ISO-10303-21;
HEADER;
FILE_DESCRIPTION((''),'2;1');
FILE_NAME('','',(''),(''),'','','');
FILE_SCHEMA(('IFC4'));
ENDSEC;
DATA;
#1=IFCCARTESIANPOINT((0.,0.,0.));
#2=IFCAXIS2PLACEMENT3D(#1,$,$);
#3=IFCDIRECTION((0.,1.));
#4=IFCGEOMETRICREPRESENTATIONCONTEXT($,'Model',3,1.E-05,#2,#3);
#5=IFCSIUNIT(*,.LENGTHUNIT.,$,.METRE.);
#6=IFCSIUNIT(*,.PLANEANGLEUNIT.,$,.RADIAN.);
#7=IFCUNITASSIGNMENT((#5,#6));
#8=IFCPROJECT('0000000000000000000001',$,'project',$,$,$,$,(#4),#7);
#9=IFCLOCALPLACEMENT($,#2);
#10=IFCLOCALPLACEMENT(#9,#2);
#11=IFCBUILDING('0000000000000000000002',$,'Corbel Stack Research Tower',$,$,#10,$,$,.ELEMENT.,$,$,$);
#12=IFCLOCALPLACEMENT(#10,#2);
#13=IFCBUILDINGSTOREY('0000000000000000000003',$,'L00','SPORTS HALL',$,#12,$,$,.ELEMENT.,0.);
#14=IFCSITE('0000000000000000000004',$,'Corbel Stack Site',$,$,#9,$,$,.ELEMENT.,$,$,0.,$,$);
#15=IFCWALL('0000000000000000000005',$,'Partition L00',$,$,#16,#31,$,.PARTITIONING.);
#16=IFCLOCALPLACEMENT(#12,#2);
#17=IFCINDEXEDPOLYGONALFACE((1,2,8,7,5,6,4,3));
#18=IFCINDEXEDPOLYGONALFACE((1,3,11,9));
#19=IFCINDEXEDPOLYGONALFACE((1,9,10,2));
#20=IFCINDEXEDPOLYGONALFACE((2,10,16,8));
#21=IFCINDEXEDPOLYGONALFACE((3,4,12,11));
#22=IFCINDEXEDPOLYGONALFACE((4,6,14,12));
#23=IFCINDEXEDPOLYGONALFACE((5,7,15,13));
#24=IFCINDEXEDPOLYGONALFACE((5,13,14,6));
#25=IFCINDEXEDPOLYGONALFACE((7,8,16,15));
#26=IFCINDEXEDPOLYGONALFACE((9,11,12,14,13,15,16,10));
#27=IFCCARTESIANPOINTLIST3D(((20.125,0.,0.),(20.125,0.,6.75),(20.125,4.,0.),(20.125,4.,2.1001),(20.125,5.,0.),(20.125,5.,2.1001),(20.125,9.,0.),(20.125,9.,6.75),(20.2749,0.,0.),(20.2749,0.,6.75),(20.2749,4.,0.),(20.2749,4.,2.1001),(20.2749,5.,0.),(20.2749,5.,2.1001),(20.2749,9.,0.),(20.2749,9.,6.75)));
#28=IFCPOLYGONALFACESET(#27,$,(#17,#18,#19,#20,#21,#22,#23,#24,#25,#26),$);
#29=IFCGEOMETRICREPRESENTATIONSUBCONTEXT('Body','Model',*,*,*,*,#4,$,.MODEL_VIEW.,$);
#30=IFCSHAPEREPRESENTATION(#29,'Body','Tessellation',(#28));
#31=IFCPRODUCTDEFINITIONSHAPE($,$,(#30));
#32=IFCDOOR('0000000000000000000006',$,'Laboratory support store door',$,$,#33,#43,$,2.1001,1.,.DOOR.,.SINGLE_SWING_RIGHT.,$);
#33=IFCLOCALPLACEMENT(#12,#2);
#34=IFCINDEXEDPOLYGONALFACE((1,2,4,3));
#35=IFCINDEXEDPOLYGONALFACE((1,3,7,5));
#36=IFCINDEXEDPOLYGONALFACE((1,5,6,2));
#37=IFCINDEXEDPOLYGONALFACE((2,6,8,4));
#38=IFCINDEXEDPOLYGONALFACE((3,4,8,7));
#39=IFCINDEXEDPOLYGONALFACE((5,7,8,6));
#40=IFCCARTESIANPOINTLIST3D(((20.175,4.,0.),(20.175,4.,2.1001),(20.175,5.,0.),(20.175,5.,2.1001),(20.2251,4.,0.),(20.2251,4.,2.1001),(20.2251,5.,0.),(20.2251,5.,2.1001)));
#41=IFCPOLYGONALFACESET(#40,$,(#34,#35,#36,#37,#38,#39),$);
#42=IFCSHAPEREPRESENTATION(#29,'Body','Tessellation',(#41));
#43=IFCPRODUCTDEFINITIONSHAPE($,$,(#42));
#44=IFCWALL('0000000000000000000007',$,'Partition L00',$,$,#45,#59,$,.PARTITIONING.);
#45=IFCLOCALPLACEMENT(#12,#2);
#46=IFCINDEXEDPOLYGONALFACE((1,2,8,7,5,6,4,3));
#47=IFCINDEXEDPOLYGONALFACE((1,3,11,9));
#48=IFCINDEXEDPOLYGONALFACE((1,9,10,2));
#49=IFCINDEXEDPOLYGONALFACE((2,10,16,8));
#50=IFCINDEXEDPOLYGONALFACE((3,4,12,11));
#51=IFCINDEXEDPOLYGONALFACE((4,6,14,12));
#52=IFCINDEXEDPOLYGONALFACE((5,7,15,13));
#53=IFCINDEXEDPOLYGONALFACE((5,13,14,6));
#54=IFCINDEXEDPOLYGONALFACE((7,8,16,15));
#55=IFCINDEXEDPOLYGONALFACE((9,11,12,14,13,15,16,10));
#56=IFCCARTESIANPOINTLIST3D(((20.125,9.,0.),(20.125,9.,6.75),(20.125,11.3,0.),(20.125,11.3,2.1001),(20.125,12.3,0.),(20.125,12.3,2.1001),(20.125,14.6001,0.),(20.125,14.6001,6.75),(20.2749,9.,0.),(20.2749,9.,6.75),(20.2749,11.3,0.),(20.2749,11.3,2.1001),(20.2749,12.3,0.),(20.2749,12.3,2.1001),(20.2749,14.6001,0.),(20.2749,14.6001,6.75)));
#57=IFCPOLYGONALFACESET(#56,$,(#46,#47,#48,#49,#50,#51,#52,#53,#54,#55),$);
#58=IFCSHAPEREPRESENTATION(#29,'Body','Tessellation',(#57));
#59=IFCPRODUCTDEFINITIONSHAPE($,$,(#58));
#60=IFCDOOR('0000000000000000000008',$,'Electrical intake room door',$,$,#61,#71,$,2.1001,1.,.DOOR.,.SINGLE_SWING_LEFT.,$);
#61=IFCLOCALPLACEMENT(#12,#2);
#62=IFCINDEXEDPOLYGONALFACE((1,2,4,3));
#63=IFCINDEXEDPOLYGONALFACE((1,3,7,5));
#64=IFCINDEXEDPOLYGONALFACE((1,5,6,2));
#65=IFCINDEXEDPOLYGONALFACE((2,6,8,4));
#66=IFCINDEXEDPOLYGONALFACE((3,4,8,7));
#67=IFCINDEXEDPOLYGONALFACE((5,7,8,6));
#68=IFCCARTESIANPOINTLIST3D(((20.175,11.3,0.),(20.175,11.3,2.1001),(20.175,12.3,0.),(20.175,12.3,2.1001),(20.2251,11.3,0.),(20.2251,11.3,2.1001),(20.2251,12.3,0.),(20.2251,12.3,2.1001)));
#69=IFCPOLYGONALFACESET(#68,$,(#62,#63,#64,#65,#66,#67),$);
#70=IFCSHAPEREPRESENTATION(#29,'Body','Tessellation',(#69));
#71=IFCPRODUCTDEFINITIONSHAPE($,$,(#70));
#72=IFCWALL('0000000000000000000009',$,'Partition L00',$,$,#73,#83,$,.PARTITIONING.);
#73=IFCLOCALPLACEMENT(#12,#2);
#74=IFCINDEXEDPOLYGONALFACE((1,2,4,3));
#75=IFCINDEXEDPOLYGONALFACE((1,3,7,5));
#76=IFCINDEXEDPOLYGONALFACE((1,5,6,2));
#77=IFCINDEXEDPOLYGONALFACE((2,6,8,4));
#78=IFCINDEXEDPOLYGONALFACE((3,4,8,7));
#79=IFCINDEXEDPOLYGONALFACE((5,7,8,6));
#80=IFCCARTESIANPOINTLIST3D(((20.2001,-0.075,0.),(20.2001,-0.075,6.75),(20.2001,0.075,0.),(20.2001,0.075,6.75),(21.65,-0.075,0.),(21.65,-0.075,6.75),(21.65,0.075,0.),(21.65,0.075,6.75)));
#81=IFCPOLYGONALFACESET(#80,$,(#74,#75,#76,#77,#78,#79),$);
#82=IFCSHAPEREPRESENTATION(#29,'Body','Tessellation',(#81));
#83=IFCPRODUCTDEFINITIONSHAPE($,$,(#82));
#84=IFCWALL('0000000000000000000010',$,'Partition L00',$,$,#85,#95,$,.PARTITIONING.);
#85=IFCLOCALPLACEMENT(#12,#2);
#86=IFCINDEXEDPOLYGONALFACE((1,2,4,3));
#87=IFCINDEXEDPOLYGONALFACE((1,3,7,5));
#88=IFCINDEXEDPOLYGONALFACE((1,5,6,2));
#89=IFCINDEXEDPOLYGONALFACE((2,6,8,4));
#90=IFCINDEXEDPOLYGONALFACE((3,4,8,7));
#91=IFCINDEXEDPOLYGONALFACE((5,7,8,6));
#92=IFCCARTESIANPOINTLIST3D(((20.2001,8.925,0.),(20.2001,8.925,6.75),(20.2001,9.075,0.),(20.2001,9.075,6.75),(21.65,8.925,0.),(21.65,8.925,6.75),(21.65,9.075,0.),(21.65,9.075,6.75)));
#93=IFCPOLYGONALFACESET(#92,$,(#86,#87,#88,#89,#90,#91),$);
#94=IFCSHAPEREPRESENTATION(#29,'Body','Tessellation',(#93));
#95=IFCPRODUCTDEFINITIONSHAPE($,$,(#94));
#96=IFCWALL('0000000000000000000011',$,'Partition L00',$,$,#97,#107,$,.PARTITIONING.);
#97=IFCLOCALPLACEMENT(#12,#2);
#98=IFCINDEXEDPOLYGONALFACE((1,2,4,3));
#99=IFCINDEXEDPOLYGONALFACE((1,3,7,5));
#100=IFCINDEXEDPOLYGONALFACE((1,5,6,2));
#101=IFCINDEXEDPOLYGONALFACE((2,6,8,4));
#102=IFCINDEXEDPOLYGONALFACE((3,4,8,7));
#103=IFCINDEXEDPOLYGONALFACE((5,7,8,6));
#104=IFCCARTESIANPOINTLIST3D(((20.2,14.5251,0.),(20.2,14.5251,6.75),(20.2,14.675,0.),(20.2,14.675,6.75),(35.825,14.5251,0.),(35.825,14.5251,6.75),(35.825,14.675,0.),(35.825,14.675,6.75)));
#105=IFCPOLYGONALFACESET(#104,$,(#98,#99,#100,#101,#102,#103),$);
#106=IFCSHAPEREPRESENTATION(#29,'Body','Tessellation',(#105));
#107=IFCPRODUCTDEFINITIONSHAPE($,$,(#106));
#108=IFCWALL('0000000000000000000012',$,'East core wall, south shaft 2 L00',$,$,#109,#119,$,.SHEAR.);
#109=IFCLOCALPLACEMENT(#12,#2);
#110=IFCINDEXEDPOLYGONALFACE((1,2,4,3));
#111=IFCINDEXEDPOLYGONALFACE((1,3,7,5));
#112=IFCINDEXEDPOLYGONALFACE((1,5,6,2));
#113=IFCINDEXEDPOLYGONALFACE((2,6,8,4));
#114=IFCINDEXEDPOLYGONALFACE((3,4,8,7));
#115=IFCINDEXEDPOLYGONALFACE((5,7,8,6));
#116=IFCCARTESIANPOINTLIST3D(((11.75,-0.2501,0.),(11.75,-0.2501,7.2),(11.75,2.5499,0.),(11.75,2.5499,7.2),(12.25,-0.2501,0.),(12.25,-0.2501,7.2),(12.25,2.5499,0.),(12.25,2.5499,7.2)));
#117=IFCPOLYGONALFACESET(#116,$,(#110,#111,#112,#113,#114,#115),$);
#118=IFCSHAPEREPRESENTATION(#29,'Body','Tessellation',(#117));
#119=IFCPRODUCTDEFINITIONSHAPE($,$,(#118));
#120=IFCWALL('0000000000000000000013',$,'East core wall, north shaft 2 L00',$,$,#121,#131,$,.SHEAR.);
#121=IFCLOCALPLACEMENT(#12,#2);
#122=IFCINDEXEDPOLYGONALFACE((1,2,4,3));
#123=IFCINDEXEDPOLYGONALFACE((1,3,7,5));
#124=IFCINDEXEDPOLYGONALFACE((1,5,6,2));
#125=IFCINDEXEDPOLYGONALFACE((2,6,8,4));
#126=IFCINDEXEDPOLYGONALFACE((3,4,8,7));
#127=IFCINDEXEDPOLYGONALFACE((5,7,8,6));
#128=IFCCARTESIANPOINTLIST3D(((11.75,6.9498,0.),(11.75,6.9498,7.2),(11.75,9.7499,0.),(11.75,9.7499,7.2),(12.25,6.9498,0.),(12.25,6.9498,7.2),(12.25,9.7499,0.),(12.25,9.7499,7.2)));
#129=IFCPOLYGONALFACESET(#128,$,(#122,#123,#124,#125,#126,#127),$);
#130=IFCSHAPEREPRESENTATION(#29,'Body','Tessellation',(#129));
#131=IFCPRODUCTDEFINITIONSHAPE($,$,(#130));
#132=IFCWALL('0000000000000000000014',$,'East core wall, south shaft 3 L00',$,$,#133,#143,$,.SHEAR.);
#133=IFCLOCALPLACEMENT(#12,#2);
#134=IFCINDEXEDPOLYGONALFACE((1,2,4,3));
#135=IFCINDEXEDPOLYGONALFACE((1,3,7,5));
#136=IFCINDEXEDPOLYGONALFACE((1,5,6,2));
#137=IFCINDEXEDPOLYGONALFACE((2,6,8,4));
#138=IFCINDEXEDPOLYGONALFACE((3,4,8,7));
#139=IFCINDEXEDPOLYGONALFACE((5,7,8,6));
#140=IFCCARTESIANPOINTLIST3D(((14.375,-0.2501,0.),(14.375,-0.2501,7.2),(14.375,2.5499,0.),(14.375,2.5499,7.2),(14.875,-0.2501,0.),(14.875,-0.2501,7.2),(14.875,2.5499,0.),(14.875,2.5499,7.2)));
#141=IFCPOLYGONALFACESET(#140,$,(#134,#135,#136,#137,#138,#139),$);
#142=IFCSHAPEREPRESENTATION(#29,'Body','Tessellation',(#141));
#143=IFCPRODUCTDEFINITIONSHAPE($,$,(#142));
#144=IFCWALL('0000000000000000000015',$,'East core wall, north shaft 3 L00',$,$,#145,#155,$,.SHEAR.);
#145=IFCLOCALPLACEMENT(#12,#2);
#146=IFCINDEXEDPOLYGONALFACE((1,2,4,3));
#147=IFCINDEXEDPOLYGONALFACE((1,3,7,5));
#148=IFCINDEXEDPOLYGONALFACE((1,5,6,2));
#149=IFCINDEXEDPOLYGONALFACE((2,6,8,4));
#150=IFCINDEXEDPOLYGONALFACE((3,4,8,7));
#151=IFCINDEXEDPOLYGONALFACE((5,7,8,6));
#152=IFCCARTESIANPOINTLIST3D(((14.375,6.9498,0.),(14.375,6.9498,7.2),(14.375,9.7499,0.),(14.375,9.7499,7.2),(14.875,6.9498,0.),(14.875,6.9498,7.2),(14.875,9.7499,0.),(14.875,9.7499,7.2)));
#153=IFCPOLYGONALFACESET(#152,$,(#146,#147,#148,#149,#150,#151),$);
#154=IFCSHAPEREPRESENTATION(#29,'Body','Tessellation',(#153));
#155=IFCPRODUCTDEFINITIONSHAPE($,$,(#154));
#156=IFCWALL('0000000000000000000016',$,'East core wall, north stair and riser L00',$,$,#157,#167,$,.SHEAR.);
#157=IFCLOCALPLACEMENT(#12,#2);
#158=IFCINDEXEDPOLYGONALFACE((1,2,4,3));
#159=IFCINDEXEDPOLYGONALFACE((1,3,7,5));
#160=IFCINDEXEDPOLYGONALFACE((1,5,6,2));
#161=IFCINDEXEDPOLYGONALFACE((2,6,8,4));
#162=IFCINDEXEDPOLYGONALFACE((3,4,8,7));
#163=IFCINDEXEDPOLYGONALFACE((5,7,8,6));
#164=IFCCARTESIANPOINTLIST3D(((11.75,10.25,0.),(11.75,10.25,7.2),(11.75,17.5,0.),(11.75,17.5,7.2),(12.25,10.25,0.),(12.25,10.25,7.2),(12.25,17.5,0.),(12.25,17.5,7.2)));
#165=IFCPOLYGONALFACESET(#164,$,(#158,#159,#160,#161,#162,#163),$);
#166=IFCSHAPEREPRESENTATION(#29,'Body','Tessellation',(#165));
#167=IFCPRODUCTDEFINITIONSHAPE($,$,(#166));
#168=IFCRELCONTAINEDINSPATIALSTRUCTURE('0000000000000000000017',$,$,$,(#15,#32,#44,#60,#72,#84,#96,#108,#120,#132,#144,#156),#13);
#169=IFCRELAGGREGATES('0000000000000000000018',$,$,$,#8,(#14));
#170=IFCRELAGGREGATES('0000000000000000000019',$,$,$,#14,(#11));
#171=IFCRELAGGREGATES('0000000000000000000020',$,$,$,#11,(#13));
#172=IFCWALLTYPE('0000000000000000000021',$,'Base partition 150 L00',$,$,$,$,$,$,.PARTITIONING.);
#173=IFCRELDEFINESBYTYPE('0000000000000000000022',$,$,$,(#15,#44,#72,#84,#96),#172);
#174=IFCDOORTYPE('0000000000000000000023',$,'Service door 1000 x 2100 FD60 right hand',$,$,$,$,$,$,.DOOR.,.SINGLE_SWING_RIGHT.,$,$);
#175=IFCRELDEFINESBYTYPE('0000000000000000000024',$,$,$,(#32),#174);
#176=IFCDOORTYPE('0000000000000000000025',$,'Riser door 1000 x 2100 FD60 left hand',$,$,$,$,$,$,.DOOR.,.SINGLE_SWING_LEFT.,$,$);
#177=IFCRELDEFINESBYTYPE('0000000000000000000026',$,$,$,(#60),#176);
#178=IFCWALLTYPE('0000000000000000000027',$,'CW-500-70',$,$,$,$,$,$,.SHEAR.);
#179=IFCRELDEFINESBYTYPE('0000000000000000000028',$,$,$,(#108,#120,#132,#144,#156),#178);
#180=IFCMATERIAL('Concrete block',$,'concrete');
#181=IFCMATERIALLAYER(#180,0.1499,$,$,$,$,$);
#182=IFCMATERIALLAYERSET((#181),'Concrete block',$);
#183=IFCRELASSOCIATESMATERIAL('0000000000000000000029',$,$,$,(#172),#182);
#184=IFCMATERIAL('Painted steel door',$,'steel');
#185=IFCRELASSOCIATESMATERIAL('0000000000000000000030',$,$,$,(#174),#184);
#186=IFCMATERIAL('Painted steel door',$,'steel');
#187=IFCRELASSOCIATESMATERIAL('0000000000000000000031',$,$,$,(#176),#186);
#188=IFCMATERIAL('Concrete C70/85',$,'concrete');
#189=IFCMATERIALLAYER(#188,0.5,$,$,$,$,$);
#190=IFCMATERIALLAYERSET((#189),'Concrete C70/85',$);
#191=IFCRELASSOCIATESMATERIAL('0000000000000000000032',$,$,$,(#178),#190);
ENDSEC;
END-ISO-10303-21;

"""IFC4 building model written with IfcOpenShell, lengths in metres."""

from ifc_helpers import new_model, si_unit, direction, frame, frame_2d, origin, place, context, subcontext, project, spatial, rectangle, extrude, material, layer, layer_set, type_object, element, fill, save


model = new_model("IFC4")

# Units and contexts
model_context = context("Model", 3, precision=1e-05, world=origin(), true_north=direction((0.0, 1.0)))
body_context = subcontext(model_context, "Body", "Model", "MODEL_VIEW")
ifc_project = project(units=[si_unit("LENGTHUNIT", "METRE"), si_unit("PLANEANGLEUNIT", "RADIAN")], contexts=[model_context])

# Site, building, storey
site_placement = place(None, origin())
site = spatial("IfcSite", under=ifc_project, at=site_placement, Name="Corbel Stack Site", CompositionType="ELEMENT", RefElevation=0.0)
building_placement = place(site_placement, origin())
building = spatial("IfcBuilding", under=site, at=building_placement, Name="Corbel Stack Research Tower", CompositionType="ELEMENT")
storey_placement = place(building_placement, origin())
storey = spatial("IfcBuildingStorey", under=building, at=storey_placement, Name="L00", Description="SPORTS HALL", CompositionType="ELEMENT", Elevation=0.0)

# Walls, openings, doors
ifc_material_1 = material(Name="Concrete block", Category="concrete")
ifc_layer_1 = layer(ifc_material_1, 0.1499)
ifc_layer_set_1 = layer_set([ifc_layer_1], Name="Concrete block")
wall_type_1 = type_object("IfcWallType", Name="Base partition 150 L00", PredefinedType="PARTITIONING", material=ifc_layer_set_1)
wall_1_placement = place(storey_placement, frame((20.2, 0.0, 0.0), z_axis=(0.0, 0.0, 1.0), x_axis=(0.0, 1.0, 0.0)))
wall_1 = element("IfcWall", 1, at=wall_1_placement, inside=storey, type_object=wall_type_1, Name="Partition L00", PredefinedType="PARTITIONING", context=body_context, shape_type="SweptSolid", body=[
    extrude(rectangle(XDim=9.0, YDim=0.1499, at=frame_2d((4.5, 0.0))), origin(), (0.0, 0.0, 1.0), 6.75),
])
opening_1_placement = place(wall_1_placement, frame((4.0, 0.0, 0.0)))
opening_1 = element("IfcOpeningElement", 2, at=opening_1_placement, cuts=wall_1, PredefinedType="OPENING", context=body_context, shape_type="SweptSolid", body=[
    extrude(rectangle(XDim=1.0, YDim=2.1001, at=frame_2d((0.5, 1.05))), frame((0.0, 0.085, 0.0), z_axis=(0.0, -1.0, 0.0), x_axis=(1.0, 0.0, 0.0)), (0.0, 0.0, 1.0), 0.1699),
])
ifc_material_2 = material(Name="Painted steel door", Category="steel")
door_type_1 = type_object("IfcDoorType", Name="Service door 1000 x 2100 FD60 right hand", OperationType="SINGLE_SWING_RIGHT", PredefinedType="DOOR", material=ifc_material_2)
door_1_placement = place(opening_1_placement, origin())
door_1 = element("IfcDoor", 3, at=door_1_placement, inside=storey, type_object=door_type_1, Name="Laboratory support store door", OperationType="SINGLE_SWING_RIGHT", OverallHeight=2.1001, OverallWidth=1.0, PredefinedType="DOOR", context=body_context, shape_type="SweptSolid", body=[
    extrude(rectangle(XDim=1.0, YDim=2.1001, at=frame_2d((0.5, 1.05))), frame((0.0, 0.0249, 0.0), z_axis=(0.0, -1.0, 0.0), x_axis=(1.0, 0.0, 0.0)), (0.0, 0.0, 1.0), 0.05),
])
fill(opening_1, door_1)
wall_2_placement = place(storey_placement, frame((20.2, 9.0, 0.0), z_axis=(0.0, 0.0, 1.0), x_axis=(0.0, 1.0, 0.0)))
wall_2 = element("IfcWall", 4, at=wall_2_placement, inside=storey, type_object=wall_type_1, Name="Partition L00", PredefinedType="PARTITIONING", context=body_context, shape_type="SweptSolid", body=[
    extrude(rectangle(XDim=5.6001, YDim=0.1499, at=frame_2d((2.8, 0.0))), origin(), (0.0, 0.0, 1.0), 6.75),
])
opening_2_placement = place(wall_2_placement, frame((2.3, 0.0, 0.0)))
opening_2 = element("IfcOpeningElement", 5, at=opening_2_placement, cuts=wall_2, PredefinedType="OPENING", context=body_context, shape_type="SweptSolid", body=[
    extrude(rectangle(XDim=1.0, YDim=2.1001, at=frame_2d((0.5, 1.05))), frame((0.0, 0.085, 0.0), z_axis=(0.0, -1.0, 0.0), x_axis=(1.0, 0.0, 0.0)), (0.0, 0.0, 1.0), 0.1699),
])
ifc_material_3 = material(Name="Painted steel door", Category="steel")
door_type_2 = type_object("IfcDoorType", Name="Riser door 1000 x 2100 FD60 left hand", OperationType="SINGLE_SWING_LEFT", PredefinedType="DOOR", material=ifc_material_3)
door_2_placement = place(opening_2_placement, origin())
door_2 = element("IfcDoor", 6, at=door_2_placement, inside=storey, type_object=door_type_2, Name="Electrical intake room door", OperationType="SINGLE_SWING_LEFT", OverallHeight=2.1001, OverallWidth=1.0, PredefinedType="DOOR", context=body_context, shape_type="SweptSolid", body=[
    extrude(rectangle(XDim=1.0, YDim=2.1001, at=frame_2d((0.5, 1.05))), frame((0.0, 0.0249, 0.0), z_axis=(0.0, -1.0, 0.0), x_axis=(1.0, 0.0, 0.0)), (0.0, 0.0, 1.0), 0.05),
])
fill(opening_2, door_2)

# Walls
for number, where, z_axis, x_axis, name in (
    (7, (20.2, 0.0, 0.0), (0.0, 0.0, 1.0), (1.0, 0.0, 0.0), "Partition L00"),
    (8, (20.2, 9.0, 0.0), (0.0, 0.0, 1.0), (1.0, 0.0, 0.0), "Partition L00"),
):
    element("IfcWall", number, at=place(storey_placement, frame(where, z_axis=z_axis, x_axis=x_axis)), inside=storey, type_object=wall_type_1, Name=name, PredefinedType="PARTITIONING", context=body_context, shape_type="SweptSolid", body=[
        extrude(rectangle(XDim=1.45, YDim=0.1499, at=frame_2d((0.7251, 0.0))), origin(), (0.0, 0.0, 1.0), 6.75),
    ])
wall_3_placement = place(storey_placement, frame((20.2, 14.6001, 0.0), z_axis=(0.0, 0.0, 1.0), x_axis=(1.0, 0.0, 0.0)))
element("IfcWall", 9, at=wall_3_placement, inside=storey, type_object=wall_type_1, Name="Partition L00", PredefinedType="PARTITIONING", context=body_context, shape_type="SweptSolid", body=[
    extrude(rectangle(XDim=15.625, YDim=0.1499, at=frame_2d((7.8125, 0.0))), origin(), (0.0, 0.0, 1.0), 6.75),
])
ifc_material_4 = material(Name="Concrete C70/85", Category="concrete")
ifc_layer_2 = layer(ifc_material_4, 0.5)
ifc_layer_set_2 = layer_set([ifc_layer_2], Name="Concrete C70/85")
wall_type_2 = type_object("IfcWallType", Name="CW-500-70", PredefinedType="SHEAR", material=ifc_layer_set_2)
for number, where, z_axis, x_axis, name in (
    (10, (12.0, -0.25, 0.0), (0.0, 0.0, 1.0), (0.0, 1.0, 0.0), "East core wall, south shaft 2 L00"),
    (11, (12.0, 6.95, 0.0), (0.0, 0.0, 1.0), (0.0, 1.0, 0.0), "East core wall, north shaft 2 L00"),
    (12, (14.625, -0.25, 0.0), (0.0, 0.0, 1.0), (0.0, 1.0, 0.0), "East core wall, south shaft 3 L00"),
    (13, (14.625, 6.95, 0.0), (0.0, 0.0, 1.0), (0.0, 1.0, 0.0), "East core wall, north shaft 3 L00"),
):
    element("IfcWall", number, at=place(storey_placement, frame(where, z_axis=z_axis, x_axis=x_axis)), inside=storey, type_object=wall_type_2, Name=name, PredefinedType="SHEAR", context=body_context, shape_type="SweptSolid", body=[
        extrude(rectangle(XDim=2.8, YDim=0.5, at=frame_2d((1.3999, 0.0))), origin(), (0.0, 0.0, 1.0), 7.2),
    ])
wall_4_placement = place(storey_placement, frame((12.0, 10.25, 0.0), z_axis=(0.0, 0.0, 1.0), x_axis=(0.0, 1.0, 0.0)))
element("IfcWall", 14, at=wall_4_placement, inside=storey, type_object=wall_type_2, Name="East core wall, north stair and riser L00", PredefinedType="SHEAR", context=body_context, shape_type="SweptSolid", body=[
    extrude(rectangle(XDim=7.25, YDim=0.5, at=frame_2d((3.625, 0.0))), origin(), (0.0, 0.0, 1.0), 7.2),
])

save(model, "model.ifc")
